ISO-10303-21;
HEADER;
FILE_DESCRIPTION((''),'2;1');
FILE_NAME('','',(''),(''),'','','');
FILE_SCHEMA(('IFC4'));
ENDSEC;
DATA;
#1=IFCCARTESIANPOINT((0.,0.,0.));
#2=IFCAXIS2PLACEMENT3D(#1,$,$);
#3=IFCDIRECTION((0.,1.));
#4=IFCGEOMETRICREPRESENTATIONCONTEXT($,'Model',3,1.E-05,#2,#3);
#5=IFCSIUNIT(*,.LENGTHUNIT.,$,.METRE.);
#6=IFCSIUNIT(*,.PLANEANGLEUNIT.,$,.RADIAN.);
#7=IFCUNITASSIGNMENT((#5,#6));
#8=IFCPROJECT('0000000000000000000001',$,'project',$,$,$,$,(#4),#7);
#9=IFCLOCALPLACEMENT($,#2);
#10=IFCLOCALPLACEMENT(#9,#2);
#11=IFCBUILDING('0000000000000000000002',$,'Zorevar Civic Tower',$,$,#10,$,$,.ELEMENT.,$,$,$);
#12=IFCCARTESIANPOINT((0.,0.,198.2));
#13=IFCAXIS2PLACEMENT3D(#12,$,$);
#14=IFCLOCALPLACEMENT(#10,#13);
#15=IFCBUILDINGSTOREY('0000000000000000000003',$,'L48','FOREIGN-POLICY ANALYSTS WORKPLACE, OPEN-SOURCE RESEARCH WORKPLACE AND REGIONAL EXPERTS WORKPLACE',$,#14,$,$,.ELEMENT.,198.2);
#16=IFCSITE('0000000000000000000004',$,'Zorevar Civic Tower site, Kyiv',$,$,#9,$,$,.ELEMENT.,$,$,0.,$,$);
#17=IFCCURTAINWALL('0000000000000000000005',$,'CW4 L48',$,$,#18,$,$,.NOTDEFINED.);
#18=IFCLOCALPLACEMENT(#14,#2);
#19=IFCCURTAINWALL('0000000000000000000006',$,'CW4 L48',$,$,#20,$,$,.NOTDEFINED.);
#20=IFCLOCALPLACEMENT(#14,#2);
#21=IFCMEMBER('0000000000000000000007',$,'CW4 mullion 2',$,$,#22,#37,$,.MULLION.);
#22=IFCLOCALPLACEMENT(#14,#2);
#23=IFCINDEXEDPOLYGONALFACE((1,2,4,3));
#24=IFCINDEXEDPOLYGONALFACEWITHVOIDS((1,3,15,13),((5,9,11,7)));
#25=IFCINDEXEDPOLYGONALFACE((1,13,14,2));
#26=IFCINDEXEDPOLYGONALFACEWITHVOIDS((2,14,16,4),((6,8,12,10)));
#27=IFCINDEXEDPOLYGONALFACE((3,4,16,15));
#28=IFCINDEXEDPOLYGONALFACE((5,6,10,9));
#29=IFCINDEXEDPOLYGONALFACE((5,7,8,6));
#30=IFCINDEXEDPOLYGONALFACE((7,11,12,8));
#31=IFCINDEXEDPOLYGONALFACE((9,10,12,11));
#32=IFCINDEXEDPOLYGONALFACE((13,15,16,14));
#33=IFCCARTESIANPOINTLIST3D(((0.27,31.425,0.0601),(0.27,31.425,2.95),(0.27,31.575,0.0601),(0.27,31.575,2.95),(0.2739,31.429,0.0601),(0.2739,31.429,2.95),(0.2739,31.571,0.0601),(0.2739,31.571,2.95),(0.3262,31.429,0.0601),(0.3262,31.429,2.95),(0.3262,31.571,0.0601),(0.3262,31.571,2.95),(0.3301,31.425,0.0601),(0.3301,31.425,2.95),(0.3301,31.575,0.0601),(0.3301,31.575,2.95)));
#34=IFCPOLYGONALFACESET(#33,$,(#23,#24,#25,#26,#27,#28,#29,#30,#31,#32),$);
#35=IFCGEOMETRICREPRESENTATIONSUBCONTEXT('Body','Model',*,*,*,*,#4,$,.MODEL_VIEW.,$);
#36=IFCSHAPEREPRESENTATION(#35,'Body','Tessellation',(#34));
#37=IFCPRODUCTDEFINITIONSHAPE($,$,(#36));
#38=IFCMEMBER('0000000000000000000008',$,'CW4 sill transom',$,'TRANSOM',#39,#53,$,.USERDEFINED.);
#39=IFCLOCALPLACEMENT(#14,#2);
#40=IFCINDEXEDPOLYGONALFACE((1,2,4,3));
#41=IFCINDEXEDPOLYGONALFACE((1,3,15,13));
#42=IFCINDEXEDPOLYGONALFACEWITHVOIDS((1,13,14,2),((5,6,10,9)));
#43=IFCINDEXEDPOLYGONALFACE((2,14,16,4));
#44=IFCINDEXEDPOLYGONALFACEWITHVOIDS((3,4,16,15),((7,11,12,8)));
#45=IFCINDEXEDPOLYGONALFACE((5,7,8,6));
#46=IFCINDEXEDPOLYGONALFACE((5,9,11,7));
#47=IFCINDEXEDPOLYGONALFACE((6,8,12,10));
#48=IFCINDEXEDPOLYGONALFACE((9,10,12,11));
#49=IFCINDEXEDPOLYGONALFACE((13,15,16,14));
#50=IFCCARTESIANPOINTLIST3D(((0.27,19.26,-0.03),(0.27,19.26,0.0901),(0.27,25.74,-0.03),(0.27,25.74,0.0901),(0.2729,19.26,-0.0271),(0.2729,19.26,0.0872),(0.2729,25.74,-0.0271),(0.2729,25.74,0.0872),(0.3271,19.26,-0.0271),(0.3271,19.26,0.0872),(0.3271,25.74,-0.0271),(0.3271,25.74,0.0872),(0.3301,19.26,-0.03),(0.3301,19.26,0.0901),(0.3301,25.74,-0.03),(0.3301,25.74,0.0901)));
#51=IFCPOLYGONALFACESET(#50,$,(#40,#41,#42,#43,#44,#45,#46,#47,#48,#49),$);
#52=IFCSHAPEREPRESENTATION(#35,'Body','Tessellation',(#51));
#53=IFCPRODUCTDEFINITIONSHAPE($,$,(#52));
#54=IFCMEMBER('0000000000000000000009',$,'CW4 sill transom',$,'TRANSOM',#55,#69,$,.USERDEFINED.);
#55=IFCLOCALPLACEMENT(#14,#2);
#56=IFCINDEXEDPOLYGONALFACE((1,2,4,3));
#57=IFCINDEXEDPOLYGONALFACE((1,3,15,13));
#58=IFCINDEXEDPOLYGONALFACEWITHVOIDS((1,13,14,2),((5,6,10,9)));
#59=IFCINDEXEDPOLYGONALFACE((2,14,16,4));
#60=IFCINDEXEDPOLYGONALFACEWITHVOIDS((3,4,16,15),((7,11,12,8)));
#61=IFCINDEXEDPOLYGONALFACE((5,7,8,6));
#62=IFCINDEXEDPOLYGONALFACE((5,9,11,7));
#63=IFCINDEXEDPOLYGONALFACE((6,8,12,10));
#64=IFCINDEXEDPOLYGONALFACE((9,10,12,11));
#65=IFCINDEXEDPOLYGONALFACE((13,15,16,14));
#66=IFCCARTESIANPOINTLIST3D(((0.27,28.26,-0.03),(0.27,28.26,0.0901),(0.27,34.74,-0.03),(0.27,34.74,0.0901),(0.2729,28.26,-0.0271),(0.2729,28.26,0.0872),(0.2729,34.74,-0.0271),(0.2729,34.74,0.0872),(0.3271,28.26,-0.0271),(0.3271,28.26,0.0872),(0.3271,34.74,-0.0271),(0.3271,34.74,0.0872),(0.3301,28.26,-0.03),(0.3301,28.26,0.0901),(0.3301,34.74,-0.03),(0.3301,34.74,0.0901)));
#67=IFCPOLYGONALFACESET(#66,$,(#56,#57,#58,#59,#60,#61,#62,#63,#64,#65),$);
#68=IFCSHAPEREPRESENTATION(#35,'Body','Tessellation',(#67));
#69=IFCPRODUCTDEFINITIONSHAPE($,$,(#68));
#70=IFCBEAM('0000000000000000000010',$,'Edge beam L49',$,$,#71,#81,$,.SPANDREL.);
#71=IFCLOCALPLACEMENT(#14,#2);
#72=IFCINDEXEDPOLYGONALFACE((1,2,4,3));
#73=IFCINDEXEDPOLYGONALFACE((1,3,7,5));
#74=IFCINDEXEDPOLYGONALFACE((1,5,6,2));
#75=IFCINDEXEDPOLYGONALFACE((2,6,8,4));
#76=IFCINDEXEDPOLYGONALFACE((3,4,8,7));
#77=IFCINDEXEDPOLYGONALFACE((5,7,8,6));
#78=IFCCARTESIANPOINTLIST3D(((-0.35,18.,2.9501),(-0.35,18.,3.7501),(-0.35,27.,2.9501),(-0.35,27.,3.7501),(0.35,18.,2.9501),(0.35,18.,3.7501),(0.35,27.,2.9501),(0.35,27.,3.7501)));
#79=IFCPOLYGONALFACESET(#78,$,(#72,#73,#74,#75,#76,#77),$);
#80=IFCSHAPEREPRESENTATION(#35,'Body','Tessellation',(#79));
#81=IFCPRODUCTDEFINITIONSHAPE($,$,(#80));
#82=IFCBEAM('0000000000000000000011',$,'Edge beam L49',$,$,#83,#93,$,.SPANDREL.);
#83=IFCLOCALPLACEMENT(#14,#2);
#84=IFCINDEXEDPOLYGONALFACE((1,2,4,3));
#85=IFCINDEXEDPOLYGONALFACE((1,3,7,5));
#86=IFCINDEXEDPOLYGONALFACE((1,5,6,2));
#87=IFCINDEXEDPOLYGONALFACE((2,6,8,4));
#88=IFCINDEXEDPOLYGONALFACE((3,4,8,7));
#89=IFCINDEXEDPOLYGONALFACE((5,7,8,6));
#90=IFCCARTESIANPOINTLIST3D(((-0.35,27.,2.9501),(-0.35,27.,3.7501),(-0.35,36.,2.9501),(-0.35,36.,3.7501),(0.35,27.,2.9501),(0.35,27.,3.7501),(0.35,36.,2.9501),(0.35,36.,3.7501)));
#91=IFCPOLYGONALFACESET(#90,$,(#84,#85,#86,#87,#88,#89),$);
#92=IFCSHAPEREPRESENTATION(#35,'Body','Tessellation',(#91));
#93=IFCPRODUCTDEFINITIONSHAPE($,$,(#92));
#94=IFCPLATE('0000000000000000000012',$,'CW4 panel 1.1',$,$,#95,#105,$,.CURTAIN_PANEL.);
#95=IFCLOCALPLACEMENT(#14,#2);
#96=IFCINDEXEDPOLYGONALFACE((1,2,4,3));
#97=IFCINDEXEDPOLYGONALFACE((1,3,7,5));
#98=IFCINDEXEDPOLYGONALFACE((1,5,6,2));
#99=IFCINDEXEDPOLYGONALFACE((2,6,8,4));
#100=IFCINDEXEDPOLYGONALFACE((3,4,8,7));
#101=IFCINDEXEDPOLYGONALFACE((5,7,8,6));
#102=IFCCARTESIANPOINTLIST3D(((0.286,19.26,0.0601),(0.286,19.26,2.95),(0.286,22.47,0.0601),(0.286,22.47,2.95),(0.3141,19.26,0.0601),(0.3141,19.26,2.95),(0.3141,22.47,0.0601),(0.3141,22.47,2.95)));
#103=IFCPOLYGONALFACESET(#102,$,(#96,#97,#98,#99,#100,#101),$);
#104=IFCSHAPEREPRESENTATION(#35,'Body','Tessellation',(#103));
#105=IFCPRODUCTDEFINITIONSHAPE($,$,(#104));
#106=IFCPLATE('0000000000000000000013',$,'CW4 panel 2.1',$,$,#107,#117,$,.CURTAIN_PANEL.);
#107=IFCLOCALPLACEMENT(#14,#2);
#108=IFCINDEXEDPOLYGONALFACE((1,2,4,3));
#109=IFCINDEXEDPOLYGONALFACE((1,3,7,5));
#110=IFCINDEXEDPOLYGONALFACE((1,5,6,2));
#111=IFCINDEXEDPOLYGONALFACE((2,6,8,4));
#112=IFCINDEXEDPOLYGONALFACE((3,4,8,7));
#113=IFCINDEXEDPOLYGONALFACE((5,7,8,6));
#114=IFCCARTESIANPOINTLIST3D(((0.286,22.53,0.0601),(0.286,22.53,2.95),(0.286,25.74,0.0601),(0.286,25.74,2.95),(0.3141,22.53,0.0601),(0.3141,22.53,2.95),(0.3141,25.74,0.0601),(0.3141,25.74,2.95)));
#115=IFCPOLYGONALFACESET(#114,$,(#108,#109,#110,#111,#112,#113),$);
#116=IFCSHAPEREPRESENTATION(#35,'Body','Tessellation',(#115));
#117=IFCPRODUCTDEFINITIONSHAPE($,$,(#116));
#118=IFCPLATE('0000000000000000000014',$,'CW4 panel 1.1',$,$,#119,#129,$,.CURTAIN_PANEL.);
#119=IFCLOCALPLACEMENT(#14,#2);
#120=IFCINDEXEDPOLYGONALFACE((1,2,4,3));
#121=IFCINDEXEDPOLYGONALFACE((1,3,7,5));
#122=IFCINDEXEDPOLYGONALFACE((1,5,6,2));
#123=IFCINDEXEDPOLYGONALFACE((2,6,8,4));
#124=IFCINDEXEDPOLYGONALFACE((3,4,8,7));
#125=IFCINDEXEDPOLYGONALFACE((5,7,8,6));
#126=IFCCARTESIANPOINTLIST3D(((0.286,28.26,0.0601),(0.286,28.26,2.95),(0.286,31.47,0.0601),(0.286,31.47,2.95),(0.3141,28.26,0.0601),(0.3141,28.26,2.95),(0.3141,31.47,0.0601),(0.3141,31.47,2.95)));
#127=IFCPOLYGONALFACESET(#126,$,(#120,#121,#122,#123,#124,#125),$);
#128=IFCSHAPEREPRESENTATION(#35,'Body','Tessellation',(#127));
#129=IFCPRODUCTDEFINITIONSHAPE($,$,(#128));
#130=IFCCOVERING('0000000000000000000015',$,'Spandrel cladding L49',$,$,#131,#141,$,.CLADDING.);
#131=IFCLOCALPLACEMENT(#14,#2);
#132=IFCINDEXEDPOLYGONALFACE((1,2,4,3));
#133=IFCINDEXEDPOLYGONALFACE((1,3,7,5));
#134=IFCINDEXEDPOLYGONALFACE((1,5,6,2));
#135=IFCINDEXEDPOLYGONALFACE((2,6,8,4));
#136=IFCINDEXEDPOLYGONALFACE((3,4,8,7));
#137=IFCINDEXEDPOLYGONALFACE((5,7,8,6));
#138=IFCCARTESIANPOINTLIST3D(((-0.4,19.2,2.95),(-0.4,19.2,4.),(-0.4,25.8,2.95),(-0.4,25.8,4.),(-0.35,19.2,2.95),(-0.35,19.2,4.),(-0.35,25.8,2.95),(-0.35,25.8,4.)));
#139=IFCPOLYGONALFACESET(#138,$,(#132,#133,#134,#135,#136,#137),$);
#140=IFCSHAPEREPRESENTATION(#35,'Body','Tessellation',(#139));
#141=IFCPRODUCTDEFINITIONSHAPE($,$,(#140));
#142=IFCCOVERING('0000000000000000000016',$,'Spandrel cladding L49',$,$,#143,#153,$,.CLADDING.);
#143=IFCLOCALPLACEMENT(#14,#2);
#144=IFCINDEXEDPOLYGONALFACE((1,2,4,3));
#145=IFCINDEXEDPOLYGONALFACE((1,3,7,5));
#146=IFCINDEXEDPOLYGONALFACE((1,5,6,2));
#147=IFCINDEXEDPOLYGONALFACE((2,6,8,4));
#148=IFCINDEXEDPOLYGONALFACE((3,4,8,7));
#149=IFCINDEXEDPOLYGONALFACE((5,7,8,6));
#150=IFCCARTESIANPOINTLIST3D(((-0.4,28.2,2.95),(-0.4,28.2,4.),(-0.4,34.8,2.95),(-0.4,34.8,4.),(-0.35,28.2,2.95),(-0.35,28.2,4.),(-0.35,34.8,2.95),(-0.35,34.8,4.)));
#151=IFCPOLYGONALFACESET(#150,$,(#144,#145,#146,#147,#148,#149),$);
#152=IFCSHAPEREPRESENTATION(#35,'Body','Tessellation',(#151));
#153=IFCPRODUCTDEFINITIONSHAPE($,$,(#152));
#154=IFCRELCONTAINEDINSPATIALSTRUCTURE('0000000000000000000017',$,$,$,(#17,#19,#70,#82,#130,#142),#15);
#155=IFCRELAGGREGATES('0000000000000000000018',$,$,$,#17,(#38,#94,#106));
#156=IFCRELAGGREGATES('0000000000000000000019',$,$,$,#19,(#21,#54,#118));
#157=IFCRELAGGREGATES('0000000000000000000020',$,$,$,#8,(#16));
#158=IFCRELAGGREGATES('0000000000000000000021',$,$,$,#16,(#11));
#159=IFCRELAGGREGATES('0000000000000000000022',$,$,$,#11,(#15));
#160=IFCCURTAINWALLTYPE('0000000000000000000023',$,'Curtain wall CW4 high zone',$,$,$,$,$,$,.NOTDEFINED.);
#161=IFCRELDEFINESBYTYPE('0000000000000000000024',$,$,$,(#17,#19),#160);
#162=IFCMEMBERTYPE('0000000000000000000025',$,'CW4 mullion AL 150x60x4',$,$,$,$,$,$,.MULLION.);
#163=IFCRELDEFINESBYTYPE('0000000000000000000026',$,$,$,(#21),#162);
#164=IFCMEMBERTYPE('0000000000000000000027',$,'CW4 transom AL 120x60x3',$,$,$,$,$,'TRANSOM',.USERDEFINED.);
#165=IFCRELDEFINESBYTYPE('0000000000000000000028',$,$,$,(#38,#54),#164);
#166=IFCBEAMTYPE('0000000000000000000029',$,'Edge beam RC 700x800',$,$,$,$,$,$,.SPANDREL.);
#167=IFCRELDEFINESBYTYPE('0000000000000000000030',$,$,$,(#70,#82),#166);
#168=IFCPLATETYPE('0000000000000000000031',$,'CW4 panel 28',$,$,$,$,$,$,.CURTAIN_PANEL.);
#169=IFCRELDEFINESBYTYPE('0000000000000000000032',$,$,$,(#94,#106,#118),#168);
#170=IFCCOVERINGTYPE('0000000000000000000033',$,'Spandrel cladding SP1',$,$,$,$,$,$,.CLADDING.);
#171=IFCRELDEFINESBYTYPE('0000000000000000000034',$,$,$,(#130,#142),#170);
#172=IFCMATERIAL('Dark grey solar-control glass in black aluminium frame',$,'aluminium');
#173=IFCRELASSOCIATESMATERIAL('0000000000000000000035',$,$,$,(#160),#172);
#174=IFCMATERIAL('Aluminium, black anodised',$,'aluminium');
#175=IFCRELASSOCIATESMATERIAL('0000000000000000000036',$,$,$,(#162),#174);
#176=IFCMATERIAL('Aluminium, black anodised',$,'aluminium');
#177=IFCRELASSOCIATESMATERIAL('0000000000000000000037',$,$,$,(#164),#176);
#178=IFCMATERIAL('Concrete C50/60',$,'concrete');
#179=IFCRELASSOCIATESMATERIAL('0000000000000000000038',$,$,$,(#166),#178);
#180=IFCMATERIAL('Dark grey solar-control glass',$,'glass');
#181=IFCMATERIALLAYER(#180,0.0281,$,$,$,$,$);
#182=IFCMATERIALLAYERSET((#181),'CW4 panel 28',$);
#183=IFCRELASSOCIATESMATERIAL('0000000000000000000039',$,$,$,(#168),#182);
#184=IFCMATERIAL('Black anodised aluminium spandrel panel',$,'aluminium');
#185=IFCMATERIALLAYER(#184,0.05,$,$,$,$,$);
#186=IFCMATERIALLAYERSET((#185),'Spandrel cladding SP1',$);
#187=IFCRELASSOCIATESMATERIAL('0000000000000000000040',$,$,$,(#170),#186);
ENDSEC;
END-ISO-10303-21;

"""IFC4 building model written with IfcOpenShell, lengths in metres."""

from ifc_helpers import new_model, si_unit, direction, frame, frame_2d, origin, origin_2d, place, context, subcontext, project, spatial, rectangle, hollow_rectangle, extrude, material, layer, layer_set, material_profile, profile_set, type_object, element, aggregate, save


model = new_model("IFC4")

# Units and contexts
model_context = context("Model", 3, precision=1e-05, world=origin(), true_north=direction((0.0, 1.0)))
body_context = subcontext(model_context, "Body", "Model", "MODEL_VIEW")
ifc_project = project(units=[si_unit("LENGTHUNIT", "METRE"), si_unit("PLANEANGLEUNIT", "RADIAN")], contexts=[model_context])

# Site, building, storey
site_placement = place(None, origin())
site = spatial("IfcSite", under=ifc_project, at=site_placement, Name="Zorevar Civic Tower site, Kyiv", CompositionType="ELEMENT", RefElevation=0.0)
building_placement = place(site_placement, origin())
building = spatial("IfcBuilding", under=site, at=building_placement, Name="Zorevar Civic Tower", CompositionType="ELEMENT")
storey_placement = place(building_placement, frame((0.0, 0.0, 198.2)))
storey = spatial("IfcBuildingStorey", under=building, at=storey_placement, Name="L48", Description="FOREIGN-POLICY ANALYSTS WORKPLACE, OPEN-SOURCE RESEARCH WORKPLACE AND REGIONAL EXPERTS WORKPLACE", CompositionType="ELEMENT", Elevation=198.2)

# Curtain walls, member
ifc_material_1 = material(Name="Dark grey solar-control glass in black aluminium frame", Category="aluminium")
curtain_wall_type = type_object("IfcCurtainWallType", Name="Curtain wall CW4 high zone", PredefinedType="NOTDEFINED", material=ifc_material_1)
curtain_wall_1_placement = place(storey_placement, origin())
curtain_wall_1 = element("IfcCurtainWall", 1, at=curtain_wall_1_placement, inside=storey, type_object=curtain_wall_type, Name="CW4 L48", PredefinedType="NOTDEFINED")
ifc_material_2 = material(Name="Aluminium, black anodised", Category="aluminium")
ifc_material_profile_1 = material_profile(ifc_material_2, hollow_rectangle(XDim=0.0601, YDim=0.1499, WallThickness=0.0039, at=origin_2d()), Name="AL 150x60x4")
ifc_profile_set_1 = profile_set([ifc_material_profile_1], Name="Aluminium, black anodised")
member_type_1 = type_object("IfcMemberType", Name="CW4 mullion AL 150x60x4", PredefinedType="MULLION", material=ifc_profile_set_1)
curtain_wall_2_placement = place(storey_placement, origin())
curtain_wall_2 = element("IfcCurtainWall", 2, at=curtain_wall_2_placement, inside=storey, type_object=curtain_wall_type, Name="CW4 L48", PredefinedType="NOTDEFINED")
member_1_placement = place(storey_placement, frame((0.3, 31.5, 0.0601), z_axis=(0.0, 0.0, 1.0), x_axis=(-1.0, 0.0, 0.0)))
member_1 = element("IfcMember", 3, at=member_1_placement, type_object=member_type_1, Name="CW4 mullion 2", PredefinedType="MULLION", context=body_context, shape_type="SweptSolid", body=[
    extrude(hollow_rectangle(XDim=0.0601, YDim=0.1499, WallThickness=0.0039, at=origin_2d()), origin(), (0.0, 0.0, 1.0), 2.8899),
])

# Members
ifc_material_3 = material(Name="Aluminium, black anodised", Category="aluminium")
ifc_material_profile_2 = material_profile(ifc_material_3, hollow_rectangle(XDim=0.0601, YDim=0.1201, WallThickness=0.0029, at=origin_2d()), Name="AL 120x60x3")
ifc_profile_set_2 = profile_set([ifc_material_profile_2], Name="Aluminium, black anodised")
member_type_2 = type_object("IfcMemberType", Name="CW4 transom AL 120x60x3", ElementType="TRANSOM", PredefinedType="USERDEFINED", material=ifc_profile_set_2)
member_2_placement = place(storey_placement, frame((0.3, 19.26, 0.03), z_axis=(0.0, 1.0, 0.0), x_axis=(-1.0, 0.0, 0.0)))
member_2 = element("IfcMember", 4, at=member_2_placement, type_object=member_type_2, Name="CW4 sill transom", ObjectType="TRANSOM", PredefinedType="USERDEFINED", context=body_context, shape_type="SweptSolid", body=[
    extrude(hollow_rectangle(XDim=0.0601, YDim=0.1201, WallThickness=0.0029, at=origin_2d()), origin(), (0.0, 0.0, 1.0), 6.48),
])
member_3_placement = place(storey_placement, frame((0.3, 28.26, 0.03), z_axis=(0.0, 1.0, 0.0), x_axis=(-1.0, 0.0, 0.0)))
member_3 = element("IfcMember", 5, at=member_3_placement, type_object=member_type_2, Name="CW4 sill transom", ObjectType="TRANSOM", PredefinedType="USERDEFINED", context=body_context, shape_type="SweptSolid", body=[
    extrude(hollow_rectangle(XDim=0.0601, YDim=0.1201, WallThickness=0.0029, at=origin_2d()), origin(), (0.0, 0.0, 1.0), 6.48),
])

# Beams
ifc_material_4 = material(Name="Concrete C50/60", Category="concrete")
ifc_material_profile_3 = material_profile(ifc_material_4, rectangle(XDim=0.7, YDim=0.8, at=origin_2d()), Name="RC 700x800")
ifc_profile_set_3 = profile_set([ifc_material_profile_3], Name="Concrete C50/60")
beam_type_1 = type_object("IfcBeamType", Name="Edge beam RC 700x800", PredefinedType="SPANDREL", material=ifc_profile_set_3)
for number, where, z_axis, x_axis, name in (
    (6, (0.0, 18.0, 3.3501), (0.0, 1.0, 0.0), (-1.0, 0.0, 0.0), "Edge beam L49"),
    (7, (0.0, 27.0, 3.3501), (0.0, 1.0, 0.0), (-1.0, 0.0, 0.0), "Edge beam L49"),
):
    element("IfcBeam", number, at=place(storey_placement, frame(where, z_axis=z_axis, x_axis=x_axis)), inside=storey, type_object=beam_type_1, Name=name, PredefinedType="SPANDREL", context=body_context, shape_type="SweptSolid", body=[
        extrude(rectangle(XDim=0.7, YDim=0.8, at=origin_2d()), origin(), (0.0, 0.0, 1.0), 9.0),
    ])

# Plates
ifc_material_5 = material(Name="Dark grey solar-control glass", Category="glass")
ifc_layer_1 = layer(ifc_material_5, 0.0281)
ifc_layer_set_1 = layer_set([ifc_layer_1], Name="CW4 panel 28")
plate_type = type_object("IfcPlateType", Name="CW4 panel 28", PredefinedType="CURTAIN_PANEL", material=ifc_layer_set_1)
plate_1_placement = place(storey_placement, frame((0.3, 20.865, 0.0601), z_axis=(0.0, 0.0, 1.0), x_axis=(0.0, 1.0, 0.0)))
plate_1 = element("IfcPlate", 8, at=plate_1_placement, type_object=plate_type, Name="CW4 panel 1.1", PredefinedType="CURTAIN_PANEL", context=body_context, shape_type="SweptSolid", body=[
    extrude(rectangle(XDim=3.21, YDim=0.0281, at=origin_2d()), origin(), (0.0, 0.0, 1.0), 2.8899),
])
plate_2_placement = place(storey_placement, frame((0.3, 24.135, 0.0601), z_axis=(0.0, 0.0, 1.0), x_axis=(0.0, 1.0, 0.0)))
plate_2 = element("IfcPlate", 9, at=plate_2_placement, type_object=plate_type, Name="CW4 panel 2.1", PredefinedType="CURTAIN_PANEL", context=body_context, shape_type="SweptSolid", body=[
    extrude(rectangle(XDim=3.21, YDim=0.0281, at=origin_2d()), origin(), (0.0, 0.0, 1.0), 2.8899),
])
aggregate(curtain_wall_1, [member_2, plate_1, plate_2])
plate_3_placement = place(storey_placement, frame((0.3, 29.865, 0.0601), z_axis=(0.0, 0.0, 1.0), x_axis=(0.0, 1.0, 0.0)))
plate_3 = element("IfcPlate", 10, at=plate_3_placement, type_object=plate_type, Name="CW4 panel 1.1", PredefinedType="CURTAIN_PANEL", context=body_context, shape_type="SweptSolid", body=[
    extrude(rectangle(XDim=3.21, YDim=0.0281, at=origin_2d()), origin(), (0.0, 0.0, 1.0), 2.8899),
])
aggregate(curtain_wall_2, [member_1, member_3, plate_3])

# Coverings
ifc_material_6 = material(Name="Black anodised aluminium spandrel panel", Category="aluminium")
ifc_layer_2 = layer(ifc_material_6, 0.05)
ifc_layer_set_2 = layer_set([ifc_layer_2], Name="Spandrel cladding SP1")
covering_type = type_object("IfcCoveringType", Name="Spandrel cladding SP1", PredefinedType="CLADDING", material=ifc_layer_set_2)
for number, where, z_axis, x_axis, name in (
    (11, (-0.375, 19.2, 2.95), (0.0, 0.0, 1.0), (0.0, 1.0, 0.0), "Spandrel cladding L49"),
    (12, (-0.375, 28.2, 2.95), (0.0, 0.0, 1.0), (0.0, 1.0, 0.0), "Spandrel cladding L49"),
):
    element("IfcCovering", number, at=place(storey_placement, frame(where, z_axis=z_axis, x_axis=x_axis)), inside=storey, type_object=covering_type, Name=name, PredefinedType="CLADDING", context=body_context, shape_type="SweptSolid", body=[
        extrude(rectangle(XDim=6.6001, YDim=0.05, at=frame_2d((3.3, 0.0))), origin(), (0.0, 0.0, 1.0), 1.05),
    ])

save(model, "model.ifc")
